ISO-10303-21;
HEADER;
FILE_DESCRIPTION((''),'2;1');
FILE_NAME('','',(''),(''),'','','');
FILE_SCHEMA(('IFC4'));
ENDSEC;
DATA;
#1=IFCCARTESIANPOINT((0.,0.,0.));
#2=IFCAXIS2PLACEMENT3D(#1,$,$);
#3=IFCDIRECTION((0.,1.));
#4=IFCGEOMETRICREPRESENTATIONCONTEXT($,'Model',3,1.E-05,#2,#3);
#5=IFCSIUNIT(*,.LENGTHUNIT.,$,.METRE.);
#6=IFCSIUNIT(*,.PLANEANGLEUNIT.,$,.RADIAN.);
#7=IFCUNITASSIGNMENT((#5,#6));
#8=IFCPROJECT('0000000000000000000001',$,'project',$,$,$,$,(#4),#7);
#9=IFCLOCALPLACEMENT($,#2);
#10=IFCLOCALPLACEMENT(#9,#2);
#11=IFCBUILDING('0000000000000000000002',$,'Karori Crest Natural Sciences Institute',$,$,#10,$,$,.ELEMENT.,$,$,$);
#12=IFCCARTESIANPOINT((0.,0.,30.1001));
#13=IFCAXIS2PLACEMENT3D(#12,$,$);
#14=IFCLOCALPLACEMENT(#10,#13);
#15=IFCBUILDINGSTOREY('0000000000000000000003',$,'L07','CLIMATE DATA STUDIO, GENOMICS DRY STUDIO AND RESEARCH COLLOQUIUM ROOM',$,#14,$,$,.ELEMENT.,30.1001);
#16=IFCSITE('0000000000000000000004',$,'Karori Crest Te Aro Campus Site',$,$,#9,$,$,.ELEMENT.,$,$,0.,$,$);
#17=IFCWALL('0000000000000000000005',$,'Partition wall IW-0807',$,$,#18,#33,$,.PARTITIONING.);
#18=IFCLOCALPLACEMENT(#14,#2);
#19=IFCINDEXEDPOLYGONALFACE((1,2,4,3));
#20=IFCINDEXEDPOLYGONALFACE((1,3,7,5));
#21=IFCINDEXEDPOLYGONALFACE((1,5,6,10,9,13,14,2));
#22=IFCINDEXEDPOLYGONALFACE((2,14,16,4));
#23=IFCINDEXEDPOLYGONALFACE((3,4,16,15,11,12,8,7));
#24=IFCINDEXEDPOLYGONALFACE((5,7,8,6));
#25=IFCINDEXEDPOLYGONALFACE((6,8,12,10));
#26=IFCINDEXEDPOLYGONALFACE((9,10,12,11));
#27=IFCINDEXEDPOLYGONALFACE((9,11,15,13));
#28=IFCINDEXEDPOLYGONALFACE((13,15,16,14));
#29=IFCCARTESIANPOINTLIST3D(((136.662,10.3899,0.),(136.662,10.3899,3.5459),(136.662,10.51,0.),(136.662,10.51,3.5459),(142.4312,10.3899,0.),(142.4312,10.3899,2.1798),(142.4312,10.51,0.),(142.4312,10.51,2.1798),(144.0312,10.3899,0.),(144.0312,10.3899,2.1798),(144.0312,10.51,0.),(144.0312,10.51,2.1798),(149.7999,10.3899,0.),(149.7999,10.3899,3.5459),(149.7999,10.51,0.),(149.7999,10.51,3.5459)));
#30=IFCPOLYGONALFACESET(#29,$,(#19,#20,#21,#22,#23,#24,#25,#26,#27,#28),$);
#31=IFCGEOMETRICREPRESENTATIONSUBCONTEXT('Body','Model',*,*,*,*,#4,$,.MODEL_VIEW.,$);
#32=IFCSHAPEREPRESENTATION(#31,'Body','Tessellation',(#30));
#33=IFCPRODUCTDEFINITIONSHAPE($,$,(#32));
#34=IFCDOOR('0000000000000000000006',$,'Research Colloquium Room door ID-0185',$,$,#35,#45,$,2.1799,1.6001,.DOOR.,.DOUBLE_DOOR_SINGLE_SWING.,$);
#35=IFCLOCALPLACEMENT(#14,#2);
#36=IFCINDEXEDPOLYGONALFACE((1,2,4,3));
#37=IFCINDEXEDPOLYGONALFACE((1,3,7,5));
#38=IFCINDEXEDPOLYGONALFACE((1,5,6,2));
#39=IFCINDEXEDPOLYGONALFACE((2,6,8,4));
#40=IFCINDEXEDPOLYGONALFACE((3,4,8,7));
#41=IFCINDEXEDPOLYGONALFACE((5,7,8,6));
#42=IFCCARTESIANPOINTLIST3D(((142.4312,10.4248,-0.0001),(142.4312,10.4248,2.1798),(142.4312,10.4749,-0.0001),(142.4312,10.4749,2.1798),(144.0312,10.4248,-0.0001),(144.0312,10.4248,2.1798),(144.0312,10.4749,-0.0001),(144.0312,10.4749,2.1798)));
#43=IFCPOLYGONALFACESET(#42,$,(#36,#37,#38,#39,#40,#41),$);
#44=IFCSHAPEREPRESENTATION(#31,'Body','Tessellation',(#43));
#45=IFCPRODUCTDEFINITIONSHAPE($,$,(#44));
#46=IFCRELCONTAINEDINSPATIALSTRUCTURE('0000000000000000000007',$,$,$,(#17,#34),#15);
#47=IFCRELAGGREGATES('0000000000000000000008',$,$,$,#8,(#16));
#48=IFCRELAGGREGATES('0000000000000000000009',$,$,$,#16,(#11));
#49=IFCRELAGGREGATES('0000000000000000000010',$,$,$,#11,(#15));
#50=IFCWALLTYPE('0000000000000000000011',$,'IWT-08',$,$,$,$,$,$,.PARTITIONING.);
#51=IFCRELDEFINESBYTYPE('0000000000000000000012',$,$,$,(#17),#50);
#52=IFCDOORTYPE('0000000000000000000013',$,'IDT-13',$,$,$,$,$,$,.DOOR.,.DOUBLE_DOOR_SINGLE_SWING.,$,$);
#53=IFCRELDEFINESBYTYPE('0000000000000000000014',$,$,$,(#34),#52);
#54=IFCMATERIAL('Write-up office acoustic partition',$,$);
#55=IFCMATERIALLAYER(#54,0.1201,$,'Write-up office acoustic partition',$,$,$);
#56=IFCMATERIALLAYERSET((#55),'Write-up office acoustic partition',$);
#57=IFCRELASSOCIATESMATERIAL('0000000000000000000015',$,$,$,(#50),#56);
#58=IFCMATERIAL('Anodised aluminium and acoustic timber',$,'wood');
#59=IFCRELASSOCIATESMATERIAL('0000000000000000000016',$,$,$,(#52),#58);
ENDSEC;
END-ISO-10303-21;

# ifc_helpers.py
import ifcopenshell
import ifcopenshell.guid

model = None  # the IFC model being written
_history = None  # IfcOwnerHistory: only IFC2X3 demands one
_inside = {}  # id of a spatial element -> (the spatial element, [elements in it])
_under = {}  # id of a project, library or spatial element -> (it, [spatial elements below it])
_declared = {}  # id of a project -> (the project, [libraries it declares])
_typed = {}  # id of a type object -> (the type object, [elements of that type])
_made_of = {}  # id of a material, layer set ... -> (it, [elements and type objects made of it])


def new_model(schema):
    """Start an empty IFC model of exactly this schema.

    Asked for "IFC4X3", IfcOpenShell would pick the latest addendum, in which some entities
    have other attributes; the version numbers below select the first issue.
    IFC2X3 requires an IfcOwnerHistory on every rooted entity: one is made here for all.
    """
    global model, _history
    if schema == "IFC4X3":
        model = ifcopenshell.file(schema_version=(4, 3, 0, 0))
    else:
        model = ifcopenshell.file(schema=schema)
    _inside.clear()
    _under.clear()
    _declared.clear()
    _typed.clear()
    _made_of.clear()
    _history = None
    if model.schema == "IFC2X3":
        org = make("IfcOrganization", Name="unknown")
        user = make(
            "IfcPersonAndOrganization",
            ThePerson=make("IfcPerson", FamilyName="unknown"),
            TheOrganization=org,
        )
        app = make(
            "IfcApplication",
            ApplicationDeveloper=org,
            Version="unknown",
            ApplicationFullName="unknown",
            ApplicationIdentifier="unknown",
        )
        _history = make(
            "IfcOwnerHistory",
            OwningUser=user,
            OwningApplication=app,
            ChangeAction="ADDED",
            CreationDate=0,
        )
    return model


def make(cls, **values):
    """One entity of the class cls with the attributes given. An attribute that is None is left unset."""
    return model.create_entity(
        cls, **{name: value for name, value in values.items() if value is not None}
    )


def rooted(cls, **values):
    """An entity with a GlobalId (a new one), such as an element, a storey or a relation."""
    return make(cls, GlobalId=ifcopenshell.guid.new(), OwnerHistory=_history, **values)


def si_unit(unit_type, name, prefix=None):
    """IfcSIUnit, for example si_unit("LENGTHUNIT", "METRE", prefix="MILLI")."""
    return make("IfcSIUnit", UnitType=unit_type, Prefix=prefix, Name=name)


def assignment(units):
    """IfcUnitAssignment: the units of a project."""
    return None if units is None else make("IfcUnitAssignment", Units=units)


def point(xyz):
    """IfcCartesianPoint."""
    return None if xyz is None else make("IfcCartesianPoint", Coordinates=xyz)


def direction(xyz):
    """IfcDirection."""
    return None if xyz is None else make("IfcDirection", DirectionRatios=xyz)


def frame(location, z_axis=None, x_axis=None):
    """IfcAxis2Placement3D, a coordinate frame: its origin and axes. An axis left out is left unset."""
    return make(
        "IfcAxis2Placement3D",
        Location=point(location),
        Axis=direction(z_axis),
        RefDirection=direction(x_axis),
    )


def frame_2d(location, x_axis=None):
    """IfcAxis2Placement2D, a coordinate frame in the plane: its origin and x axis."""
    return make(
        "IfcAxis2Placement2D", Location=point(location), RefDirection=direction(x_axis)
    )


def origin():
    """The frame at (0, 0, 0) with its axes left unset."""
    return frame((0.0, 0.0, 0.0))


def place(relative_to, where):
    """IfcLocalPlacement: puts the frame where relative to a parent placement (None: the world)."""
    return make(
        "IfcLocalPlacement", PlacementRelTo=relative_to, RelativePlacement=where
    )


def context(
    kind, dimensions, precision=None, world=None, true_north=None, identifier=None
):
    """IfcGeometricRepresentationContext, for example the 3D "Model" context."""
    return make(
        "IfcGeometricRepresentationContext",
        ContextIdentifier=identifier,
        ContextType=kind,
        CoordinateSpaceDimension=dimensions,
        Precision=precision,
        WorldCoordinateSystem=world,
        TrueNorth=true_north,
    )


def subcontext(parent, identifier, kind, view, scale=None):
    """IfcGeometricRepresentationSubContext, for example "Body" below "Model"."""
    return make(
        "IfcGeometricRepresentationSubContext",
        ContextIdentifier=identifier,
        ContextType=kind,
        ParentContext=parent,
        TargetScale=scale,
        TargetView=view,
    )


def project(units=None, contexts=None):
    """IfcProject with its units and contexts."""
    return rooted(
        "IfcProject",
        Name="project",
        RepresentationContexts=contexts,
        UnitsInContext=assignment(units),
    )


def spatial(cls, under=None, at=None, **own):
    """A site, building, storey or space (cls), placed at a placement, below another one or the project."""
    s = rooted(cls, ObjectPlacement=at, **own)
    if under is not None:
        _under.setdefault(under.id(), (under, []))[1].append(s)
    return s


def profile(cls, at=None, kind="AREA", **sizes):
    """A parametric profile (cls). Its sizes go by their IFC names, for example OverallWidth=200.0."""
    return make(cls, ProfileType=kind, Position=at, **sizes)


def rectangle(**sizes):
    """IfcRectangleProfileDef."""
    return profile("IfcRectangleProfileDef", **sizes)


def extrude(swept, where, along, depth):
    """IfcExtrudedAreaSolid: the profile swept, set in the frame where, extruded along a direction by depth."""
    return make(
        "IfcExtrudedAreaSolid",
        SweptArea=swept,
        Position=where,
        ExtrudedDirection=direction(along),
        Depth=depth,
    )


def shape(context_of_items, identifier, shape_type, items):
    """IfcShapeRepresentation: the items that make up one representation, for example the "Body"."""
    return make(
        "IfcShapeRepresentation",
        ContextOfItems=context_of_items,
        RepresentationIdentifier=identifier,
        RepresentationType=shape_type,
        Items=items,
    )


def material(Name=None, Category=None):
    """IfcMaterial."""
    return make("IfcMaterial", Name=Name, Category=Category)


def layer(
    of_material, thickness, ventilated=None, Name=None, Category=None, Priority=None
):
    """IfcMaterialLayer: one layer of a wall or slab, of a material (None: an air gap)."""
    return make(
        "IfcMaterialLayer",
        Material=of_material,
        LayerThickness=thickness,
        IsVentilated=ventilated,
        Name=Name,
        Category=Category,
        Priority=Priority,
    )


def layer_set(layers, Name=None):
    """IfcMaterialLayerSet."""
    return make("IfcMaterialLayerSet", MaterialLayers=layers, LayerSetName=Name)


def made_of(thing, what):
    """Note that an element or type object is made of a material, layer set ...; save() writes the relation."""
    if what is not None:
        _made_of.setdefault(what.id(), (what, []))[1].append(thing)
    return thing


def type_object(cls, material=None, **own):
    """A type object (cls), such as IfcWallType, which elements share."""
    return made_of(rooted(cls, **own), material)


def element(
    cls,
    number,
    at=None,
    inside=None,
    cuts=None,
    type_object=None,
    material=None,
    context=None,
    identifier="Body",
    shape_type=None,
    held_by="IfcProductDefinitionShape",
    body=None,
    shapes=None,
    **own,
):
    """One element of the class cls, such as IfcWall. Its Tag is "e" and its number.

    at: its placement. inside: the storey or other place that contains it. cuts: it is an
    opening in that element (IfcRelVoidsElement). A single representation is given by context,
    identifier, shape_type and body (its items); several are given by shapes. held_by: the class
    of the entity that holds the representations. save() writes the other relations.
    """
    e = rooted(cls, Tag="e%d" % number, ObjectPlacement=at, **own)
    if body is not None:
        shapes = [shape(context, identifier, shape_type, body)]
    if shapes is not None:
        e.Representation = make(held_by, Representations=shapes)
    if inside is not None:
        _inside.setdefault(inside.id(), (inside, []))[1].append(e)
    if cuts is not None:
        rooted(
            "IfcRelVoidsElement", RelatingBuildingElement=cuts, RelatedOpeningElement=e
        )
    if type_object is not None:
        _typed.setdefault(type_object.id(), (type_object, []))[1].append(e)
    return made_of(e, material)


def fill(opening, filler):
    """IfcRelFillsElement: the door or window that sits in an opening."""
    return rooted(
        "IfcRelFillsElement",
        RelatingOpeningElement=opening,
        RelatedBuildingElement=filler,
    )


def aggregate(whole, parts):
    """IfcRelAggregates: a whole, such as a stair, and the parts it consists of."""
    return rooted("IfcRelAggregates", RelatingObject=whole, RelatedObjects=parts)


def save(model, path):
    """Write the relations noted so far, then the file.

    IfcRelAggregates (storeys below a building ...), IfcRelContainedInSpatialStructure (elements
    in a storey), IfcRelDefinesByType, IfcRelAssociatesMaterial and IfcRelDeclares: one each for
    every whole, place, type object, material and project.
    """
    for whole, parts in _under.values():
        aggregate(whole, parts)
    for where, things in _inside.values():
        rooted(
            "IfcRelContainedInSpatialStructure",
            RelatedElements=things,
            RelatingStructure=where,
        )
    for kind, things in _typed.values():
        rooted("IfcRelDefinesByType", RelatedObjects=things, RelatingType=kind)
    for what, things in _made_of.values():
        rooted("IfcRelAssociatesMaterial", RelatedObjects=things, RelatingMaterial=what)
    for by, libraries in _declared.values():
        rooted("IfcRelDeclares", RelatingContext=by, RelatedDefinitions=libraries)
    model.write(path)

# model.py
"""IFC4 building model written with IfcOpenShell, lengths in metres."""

from ifc_helpers import new_model, si_unit, direction, frame, frame_2d, origin, place, context, subcontext, project, spatial, rectangle, extrude, material, layer, layer_set, type_object, element, fill, save


model = new_model("IFC4")

# Units and contexts
model_context = context("Model", 3, precision=1e-05, world=origin(), true_north=direction((0.0, 1.0)))
body_context = subcontext(model_context, "Body", "Model", "MODEL_VIEW")
ifc_project = project(units=[si_unit("LENGTHUNIT", "METRE"), si_unit("PLANEANGLEUNIT", "RADIAN")], contexts=[model_context])

# Site, building, storey
site_placement = place(None, origin())
site = spatial("IfcSite", under=ifc_project, at=site_placement, Name="Karori Crest Te Aro Campus Site", CompositionType="ELEMENT", RefElevation=0.0)
building_placement = place(site_placement, origin())
building = spatial("IfcBuilding", under=site, at=building_placement, Name="Karori Crest Natural Sciences Institute", CompositionType="ELEMENT")
storey_placement = place(building_placement, frame((0.0, 0.0, 30.1001)))
storey = spatial("IfcBuildingStorey", under=building, at=storey_placement, Name="L07", Description="CLIMATE DATA STUDIO, GENOMICS DRY STUDIO AND RESEARCH COLLOQUIUM ROOM", CompositionType="ELEMENT", Elevation=30.1001)

# Shared definitions
ifc_material_1 = material(Name="Write-up office acoustic partition")
ifc_layer_1 = layer(ifc_material_1, 0.1201, Name="Write-up office acoustic partition")
ifc_layer_set_1 = layer_set([ifc_layer_1], Name="Write-up office acoustic partition")
wall_type = type_object("IfcWallType", Name="IWT-08", PredefinedType="PARTITIONING", material=ifc_layer_set_1)

# Wall, opening, door
ifc_material_2 = material(Name="Anodised aluminium and acoustic timber", Category="wood")
door_type = type_object("IfcDoorType", Name="IDT-13", OperationType="DOUBLE_DOOR_SINGLE_SWING", PredefinedType="DOOR", material=ifc_material_2)
wall_1_placement = place(storey_placement, frame((136.6621, 10.45, 0.0), z_axis=(0.0, 0.0, 1.0), x_axis=(1.0, 0.0, 0.0)))
wall_1 = element("IfcWall", 1, at=wall_1_placement, inside=storey, type_object=wall_type, Name="Partition wall IW-0807", PredefinedType="PARTITIONING", context=body_context, shape_type="SweptSolid", body=[
    extrude(rectangle(XDim=13.1379, YDim=0.1201, at=frame_2d((6.5688, 0.0))), origin(), (0.0, 0.0, 1.0), 3.5459),
])
opening_1_placement = place(wall_1_placement, frame((5.769, 0.0, 0.0)))
opening_1 = element("IfcOpeningElement", 2, at=opening_1_placement, cuts=wall_1, PredefinedType="OPENING", context=body_context, shape_type="SweptSolid", body=[
    extrude(rectangle(XDim=1.6001, YDim=2.1799, at=frame_2d((0.8, 1.0898))), frame((0.0, 0.0701, 0.0), z_axis=(0.0, -1.0, 0.0), x_axis=(1.0, 0.0, 0.0)), (0.0, 0.0, 1.0), 0.1401),
])
door_1_placement = place(opening_1_placement, origin())
door_1 = element("IfcDoor", 3, at=door_1_placement, inside=storey, type_object=door_type, Name="Research Colloquium Room door ID-0185", OperationType="DOUBLE_DOOR_SINGLE_SWING", OverallHeight=2.1799, OverallWidth=1.6001, PredefinedType="DOOR", context=body_context, shape_type="SweptSolid", body=[
    extrude(rectangle(XDim=1.6001, YDim=2.1799, at=frame_2d((0.8, 1.0898))), frame((0.0, 0.0249, 0.0), z_axis=(0.0, -1.0, 0.0), x_axis=(1.0, 0.0, 0.0)), (0.0, 0.0, 1.0), 0.05),
])
fill(opening_1, door_1)

save(model, "model.ifc")
